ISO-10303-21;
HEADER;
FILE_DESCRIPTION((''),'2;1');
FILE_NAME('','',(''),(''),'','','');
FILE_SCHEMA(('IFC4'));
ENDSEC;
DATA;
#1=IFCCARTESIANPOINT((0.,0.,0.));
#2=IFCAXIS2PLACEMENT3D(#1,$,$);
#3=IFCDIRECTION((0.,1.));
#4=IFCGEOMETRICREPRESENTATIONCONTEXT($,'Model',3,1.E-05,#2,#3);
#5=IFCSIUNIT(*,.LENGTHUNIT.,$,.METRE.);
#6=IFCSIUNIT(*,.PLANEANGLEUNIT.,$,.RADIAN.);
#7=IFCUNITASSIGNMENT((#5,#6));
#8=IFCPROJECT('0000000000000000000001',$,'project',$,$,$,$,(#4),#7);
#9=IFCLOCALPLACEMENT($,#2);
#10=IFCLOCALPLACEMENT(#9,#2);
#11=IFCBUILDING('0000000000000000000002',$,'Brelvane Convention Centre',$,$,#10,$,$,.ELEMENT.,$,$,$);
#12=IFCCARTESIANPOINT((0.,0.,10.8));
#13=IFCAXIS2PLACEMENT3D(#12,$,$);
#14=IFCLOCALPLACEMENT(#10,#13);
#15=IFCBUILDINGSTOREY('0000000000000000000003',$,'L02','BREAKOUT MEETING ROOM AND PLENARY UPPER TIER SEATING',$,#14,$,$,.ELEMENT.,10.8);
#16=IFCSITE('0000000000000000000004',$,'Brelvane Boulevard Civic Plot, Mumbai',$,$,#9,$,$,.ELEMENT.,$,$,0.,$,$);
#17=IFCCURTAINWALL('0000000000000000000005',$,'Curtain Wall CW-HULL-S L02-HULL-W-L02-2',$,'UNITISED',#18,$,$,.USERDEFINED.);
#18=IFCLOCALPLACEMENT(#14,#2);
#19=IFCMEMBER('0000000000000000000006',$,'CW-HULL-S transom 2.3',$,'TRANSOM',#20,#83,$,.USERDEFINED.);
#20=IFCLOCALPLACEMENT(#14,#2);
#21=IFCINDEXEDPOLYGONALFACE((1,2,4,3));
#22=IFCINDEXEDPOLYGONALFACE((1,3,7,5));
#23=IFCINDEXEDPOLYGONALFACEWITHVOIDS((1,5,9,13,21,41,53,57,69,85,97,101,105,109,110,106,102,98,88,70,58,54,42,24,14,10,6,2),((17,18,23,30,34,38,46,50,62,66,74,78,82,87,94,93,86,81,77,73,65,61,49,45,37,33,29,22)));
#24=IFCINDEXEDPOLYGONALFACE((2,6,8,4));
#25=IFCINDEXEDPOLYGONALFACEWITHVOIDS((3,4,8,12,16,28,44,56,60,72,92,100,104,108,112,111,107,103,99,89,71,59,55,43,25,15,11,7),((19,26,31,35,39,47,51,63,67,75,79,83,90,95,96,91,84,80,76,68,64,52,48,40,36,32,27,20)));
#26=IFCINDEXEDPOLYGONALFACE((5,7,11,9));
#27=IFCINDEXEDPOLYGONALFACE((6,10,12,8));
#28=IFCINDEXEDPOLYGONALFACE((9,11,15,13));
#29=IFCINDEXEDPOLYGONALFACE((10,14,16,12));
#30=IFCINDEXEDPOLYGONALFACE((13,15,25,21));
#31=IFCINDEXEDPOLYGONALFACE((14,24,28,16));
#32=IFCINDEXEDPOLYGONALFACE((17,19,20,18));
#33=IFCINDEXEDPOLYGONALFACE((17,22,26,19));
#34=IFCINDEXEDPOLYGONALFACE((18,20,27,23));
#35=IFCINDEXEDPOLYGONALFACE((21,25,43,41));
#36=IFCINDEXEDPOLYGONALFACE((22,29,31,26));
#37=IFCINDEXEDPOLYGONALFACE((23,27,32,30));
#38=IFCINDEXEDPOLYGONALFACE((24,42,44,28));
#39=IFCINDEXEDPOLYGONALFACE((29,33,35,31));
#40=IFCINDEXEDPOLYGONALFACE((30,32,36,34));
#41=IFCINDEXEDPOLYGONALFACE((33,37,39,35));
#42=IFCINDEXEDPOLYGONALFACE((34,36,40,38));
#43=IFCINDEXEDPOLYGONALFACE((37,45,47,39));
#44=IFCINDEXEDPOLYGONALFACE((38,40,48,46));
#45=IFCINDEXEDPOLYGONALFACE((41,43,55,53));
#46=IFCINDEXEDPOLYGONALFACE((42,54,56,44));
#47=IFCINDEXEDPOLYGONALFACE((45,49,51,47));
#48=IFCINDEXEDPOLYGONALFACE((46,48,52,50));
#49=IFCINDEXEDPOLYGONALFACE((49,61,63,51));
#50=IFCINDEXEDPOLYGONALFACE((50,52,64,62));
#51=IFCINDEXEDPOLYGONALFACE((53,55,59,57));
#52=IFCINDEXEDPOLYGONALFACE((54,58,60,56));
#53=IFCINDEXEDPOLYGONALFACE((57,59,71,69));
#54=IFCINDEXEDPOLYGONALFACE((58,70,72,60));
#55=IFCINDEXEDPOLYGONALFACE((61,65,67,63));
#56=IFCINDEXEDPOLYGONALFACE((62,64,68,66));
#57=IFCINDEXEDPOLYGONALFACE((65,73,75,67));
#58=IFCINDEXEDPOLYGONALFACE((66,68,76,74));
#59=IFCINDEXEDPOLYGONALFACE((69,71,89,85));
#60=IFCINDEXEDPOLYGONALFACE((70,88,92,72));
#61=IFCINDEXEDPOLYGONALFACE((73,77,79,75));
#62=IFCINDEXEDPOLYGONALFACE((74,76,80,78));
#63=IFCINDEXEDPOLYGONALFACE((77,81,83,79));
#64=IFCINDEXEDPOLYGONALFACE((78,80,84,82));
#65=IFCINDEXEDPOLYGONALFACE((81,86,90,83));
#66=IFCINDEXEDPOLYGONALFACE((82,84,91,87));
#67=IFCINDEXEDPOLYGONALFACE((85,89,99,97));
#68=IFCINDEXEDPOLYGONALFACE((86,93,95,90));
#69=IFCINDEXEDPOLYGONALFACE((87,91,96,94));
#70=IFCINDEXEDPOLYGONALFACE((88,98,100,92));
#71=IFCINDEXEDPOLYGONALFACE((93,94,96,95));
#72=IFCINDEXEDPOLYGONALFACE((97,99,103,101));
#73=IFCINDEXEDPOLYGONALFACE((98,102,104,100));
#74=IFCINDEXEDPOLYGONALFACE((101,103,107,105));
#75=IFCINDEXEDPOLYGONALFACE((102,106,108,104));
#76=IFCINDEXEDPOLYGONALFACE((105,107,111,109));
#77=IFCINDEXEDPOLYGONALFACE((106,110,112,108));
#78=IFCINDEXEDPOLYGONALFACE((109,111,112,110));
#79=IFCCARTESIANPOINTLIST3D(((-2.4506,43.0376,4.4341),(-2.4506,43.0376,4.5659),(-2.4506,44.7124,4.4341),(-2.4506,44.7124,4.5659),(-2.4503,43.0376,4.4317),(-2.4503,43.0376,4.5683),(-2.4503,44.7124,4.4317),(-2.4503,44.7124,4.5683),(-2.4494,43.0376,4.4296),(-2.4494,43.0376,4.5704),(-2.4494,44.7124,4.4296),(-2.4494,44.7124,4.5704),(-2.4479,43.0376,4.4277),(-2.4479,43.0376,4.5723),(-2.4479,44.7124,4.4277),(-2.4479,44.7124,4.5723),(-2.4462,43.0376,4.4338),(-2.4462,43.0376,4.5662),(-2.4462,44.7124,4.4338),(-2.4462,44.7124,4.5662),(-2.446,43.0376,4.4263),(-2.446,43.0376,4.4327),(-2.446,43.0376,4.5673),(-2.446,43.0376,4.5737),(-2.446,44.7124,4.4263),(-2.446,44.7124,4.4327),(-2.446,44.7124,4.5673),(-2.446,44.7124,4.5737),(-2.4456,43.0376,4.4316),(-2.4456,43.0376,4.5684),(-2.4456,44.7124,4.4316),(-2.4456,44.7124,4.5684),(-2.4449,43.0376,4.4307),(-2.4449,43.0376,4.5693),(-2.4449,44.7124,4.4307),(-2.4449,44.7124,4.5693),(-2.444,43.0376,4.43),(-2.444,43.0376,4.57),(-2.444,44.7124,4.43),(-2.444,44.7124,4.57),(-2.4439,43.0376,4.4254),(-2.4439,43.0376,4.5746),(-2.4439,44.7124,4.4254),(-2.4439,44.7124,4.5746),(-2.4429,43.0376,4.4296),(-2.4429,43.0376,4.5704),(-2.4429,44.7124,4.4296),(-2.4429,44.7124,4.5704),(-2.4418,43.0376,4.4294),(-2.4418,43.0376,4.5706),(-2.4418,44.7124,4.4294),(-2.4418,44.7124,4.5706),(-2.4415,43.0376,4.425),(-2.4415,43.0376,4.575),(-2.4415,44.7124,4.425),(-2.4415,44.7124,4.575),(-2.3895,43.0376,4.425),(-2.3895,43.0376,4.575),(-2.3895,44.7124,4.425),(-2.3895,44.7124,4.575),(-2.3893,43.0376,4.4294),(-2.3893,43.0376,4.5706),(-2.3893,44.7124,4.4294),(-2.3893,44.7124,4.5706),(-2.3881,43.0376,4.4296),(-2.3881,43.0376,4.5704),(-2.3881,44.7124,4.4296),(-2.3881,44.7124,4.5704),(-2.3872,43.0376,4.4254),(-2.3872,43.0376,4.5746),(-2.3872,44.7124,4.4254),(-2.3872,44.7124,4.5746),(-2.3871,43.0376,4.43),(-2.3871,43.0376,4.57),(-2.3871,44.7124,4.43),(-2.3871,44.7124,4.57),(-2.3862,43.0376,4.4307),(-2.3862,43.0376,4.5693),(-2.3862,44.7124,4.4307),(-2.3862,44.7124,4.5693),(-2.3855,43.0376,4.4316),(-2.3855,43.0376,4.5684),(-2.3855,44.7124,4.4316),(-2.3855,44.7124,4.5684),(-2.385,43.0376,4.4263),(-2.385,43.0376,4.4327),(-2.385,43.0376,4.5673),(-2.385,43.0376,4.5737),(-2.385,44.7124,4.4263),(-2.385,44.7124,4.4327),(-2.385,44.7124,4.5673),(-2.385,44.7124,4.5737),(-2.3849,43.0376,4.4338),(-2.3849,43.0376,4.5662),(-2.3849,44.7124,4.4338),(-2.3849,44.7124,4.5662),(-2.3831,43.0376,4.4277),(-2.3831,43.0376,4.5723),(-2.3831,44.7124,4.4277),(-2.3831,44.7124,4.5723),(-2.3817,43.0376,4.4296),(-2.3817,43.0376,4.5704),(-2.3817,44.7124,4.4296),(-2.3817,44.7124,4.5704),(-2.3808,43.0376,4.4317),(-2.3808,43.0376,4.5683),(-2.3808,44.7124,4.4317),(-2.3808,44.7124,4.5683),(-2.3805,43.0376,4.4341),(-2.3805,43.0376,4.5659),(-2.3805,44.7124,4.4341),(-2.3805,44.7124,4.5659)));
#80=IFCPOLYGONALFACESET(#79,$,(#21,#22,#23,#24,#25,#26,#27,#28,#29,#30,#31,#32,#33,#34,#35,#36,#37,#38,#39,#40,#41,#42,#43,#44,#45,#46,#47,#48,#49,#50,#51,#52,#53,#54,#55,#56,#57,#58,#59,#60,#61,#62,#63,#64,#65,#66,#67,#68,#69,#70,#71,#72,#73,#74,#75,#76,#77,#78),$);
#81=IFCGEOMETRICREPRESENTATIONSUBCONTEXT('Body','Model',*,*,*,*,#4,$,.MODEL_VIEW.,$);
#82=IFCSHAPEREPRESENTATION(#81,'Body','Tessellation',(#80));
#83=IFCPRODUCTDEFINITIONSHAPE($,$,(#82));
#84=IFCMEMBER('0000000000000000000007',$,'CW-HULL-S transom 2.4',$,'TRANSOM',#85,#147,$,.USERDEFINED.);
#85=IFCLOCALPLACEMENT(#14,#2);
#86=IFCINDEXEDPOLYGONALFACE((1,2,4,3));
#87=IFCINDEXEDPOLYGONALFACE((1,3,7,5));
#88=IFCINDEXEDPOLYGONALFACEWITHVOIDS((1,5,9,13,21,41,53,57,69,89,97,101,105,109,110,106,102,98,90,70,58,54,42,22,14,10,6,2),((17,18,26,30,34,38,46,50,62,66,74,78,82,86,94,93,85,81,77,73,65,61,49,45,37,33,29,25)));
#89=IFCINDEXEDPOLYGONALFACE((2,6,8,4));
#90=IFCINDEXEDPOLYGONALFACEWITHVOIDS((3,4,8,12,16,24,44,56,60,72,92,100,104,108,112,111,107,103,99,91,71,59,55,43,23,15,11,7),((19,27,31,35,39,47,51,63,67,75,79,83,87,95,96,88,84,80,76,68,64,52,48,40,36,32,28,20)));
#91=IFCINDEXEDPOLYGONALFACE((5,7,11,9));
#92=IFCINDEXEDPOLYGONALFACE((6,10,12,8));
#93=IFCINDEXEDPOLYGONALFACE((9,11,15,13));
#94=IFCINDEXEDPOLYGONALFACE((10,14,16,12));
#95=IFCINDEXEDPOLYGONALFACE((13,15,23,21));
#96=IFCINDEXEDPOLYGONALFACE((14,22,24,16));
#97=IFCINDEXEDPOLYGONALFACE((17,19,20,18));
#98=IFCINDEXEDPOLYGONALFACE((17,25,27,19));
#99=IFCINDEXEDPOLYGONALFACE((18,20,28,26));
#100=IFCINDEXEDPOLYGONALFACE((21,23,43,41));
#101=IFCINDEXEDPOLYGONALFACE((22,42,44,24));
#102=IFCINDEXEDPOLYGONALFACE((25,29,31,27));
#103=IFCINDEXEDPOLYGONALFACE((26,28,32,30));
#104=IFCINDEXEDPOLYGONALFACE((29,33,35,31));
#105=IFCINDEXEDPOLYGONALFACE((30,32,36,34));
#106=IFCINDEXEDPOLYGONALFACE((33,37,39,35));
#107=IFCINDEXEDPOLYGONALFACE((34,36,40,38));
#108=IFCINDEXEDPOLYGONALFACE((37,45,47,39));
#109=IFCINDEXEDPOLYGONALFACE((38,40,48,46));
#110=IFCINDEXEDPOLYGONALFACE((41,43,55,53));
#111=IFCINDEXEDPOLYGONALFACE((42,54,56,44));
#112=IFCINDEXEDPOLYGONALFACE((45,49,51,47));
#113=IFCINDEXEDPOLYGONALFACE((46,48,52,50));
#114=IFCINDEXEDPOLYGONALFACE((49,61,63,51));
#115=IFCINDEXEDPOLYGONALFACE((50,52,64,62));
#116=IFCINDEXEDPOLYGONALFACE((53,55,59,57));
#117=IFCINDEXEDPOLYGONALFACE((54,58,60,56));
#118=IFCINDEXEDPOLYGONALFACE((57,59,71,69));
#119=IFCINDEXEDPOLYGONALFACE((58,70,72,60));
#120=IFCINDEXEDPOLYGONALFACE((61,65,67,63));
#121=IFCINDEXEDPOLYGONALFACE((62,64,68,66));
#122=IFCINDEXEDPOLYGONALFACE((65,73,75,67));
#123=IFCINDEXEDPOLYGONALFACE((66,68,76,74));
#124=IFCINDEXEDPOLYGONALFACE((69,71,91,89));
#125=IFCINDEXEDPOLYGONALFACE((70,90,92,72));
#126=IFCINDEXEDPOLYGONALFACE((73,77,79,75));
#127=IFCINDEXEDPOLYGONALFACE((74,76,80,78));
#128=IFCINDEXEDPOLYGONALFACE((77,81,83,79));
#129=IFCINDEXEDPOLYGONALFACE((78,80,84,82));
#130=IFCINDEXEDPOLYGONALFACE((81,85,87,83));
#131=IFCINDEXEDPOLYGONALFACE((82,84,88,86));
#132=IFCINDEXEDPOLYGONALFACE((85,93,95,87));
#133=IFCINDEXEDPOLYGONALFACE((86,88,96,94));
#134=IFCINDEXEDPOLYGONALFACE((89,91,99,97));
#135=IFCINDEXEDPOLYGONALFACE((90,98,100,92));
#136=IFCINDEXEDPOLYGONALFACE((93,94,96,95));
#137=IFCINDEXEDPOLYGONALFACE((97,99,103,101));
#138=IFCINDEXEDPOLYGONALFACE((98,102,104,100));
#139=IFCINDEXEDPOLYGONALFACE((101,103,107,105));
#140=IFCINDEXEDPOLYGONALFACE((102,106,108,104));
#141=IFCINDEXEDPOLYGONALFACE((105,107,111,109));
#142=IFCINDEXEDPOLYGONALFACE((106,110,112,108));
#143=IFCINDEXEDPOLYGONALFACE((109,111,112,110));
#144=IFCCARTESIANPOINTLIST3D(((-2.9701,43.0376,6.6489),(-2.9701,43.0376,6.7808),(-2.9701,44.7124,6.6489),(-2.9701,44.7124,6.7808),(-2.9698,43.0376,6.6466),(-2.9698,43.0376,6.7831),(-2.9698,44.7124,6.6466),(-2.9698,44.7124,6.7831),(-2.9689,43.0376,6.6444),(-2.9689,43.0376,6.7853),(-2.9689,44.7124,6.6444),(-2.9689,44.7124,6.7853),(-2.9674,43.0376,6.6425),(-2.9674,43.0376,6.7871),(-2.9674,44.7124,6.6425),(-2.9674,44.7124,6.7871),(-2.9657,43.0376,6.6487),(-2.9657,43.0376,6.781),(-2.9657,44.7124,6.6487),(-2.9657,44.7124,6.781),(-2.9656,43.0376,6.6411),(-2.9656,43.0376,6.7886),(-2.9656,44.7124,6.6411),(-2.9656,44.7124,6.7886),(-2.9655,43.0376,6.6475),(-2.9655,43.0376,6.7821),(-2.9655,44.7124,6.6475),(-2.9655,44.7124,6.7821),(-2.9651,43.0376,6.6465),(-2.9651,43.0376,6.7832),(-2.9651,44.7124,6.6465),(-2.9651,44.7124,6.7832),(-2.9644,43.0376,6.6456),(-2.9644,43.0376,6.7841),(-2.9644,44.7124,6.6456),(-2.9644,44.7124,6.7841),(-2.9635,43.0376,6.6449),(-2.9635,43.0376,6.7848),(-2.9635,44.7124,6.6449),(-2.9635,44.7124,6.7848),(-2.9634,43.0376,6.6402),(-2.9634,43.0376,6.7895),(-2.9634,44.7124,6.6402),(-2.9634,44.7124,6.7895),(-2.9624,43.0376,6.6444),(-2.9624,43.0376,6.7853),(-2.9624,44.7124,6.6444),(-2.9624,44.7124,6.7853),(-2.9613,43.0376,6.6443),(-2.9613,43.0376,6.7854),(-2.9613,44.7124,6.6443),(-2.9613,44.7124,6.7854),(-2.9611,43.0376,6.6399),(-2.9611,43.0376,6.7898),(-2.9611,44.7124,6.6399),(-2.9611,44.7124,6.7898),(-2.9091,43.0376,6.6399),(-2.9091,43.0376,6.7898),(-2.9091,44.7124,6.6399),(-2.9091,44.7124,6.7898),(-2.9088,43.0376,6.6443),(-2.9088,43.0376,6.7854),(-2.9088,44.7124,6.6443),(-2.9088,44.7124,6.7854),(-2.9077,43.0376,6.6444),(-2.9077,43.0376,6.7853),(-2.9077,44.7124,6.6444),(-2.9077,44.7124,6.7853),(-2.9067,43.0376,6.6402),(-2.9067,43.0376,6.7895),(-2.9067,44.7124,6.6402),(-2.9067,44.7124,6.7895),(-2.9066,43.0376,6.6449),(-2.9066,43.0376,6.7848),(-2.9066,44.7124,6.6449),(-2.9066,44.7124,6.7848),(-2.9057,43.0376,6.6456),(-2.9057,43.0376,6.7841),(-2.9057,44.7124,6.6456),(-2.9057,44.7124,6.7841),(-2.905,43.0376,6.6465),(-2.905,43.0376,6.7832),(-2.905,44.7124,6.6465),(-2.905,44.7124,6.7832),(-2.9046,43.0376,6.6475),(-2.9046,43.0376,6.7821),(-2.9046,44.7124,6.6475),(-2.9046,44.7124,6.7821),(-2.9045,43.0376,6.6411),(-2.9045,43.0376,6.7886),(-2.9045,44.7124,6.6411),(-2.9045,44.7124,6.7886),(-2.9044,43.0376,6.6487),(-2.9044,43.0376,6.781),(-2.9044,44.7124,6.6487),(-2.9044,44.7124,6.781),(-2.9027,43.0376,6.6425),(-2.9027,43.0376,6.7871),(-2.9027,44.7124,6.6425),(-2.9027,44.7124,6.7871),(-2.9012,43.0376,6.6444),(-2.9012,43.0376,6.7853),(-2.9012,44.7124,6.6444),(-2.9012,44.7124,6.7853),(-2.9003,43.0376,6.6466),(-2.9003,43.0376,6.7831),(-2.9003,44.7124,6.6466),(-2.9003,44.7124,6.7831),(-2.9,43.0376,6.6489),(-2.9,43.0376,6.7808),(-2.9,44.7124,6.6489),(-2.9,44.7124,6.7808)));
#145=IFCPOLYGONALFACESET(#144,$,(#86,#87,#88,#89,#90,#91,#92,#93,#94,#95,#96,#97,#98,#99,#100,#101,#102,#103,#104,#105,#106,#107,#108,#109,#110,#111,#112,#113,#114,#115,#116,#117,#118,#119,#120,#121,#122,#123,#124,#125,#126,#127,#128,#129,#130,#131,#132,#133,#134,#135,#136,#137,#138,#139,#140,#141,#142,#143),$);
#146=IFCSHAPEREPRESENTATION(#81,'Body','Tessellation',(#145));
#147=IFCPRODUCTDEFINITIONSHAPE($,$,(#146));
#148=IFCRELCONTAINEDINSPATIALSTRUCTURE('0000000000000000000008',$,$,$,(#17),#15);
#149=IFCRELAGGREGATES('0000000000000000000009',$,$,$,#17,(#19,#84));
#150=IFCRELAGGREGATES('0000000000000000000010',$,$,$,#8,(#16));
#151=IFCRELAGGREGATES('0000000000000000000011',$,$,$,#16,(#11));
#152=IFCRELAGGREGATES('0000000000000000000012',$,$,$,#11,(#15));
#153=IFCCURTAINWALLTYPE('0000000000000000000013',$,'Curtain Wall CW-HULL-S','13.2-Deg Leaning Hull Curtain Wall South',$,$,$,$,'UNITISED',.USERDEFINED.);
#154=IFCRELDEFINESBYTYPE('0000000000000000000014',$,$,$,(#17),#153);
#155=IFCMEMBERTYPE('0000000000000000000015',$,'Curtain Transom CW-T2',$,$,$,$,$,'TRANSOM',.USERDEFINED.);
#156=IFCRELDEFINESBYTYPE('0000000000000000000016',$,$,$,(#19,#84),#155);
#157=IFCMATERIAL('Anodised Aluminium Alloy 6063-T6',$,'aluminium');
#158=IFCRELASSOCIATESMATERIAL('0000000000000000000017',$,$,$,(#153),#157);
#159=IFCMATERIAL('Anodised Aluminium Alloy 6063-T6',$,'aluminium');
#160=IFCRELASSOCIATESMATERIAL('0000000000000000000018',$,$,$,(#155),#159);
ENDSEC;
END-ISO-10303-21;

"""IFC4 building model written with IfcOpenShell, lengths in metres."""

from ifc_helpers import new_model, si_unit, direction, frame, origin, origin_2d, place, context, subcontext, project, spatial, hollow_rectangle, extrude, material, material_profile, profile_set, type_object, element, aggregate, save


model = new_model("IFC4")

# Units and contexts
model_context = context("Model", 3, precision=1e-05, world=origin(), true_north=direction((0.0, 1.0)))
body_context = subcontext(model_context, "Body", "Model", "MODEL_VIEW")
ifc_project = project(units=[si_unit("LENGTHUNIT", "METRE"), si_unit("PLANEANGLEUNIT", "RADIAN")], contexts=[model_context])

# Site, building, storey
site_placement = place(None, origin())
site = spatial("IfcSite", under=ifc_project, at=site_placement, Name="Brelvane Boulevard Civic Plot, Mumbai", CompositionType="ELEMENT", RefElevation=0.0)
building_placement = place(site_placement, origin())
building = spatial("IfcBuilding", under=site, at=building_placement, Name="Brelvane Convention Centre", CompositionType="ELEMENT")
storey_placement = place(building_placement, frame((0.0, 0.0, 10.8)))
storey = spatial("IfcBuildingStorey", under=building, at=storey_placement, Name="L02", Description="BREAKOUT MEETING ROOM AND PLENARY UPPER TIER SEATING", CompositionType="ELEMENT", Elevation=10.8)

# Curtain wall, members
ifc_material_1 = material(Name="Anodised Aluminium Alloy 6063-T6", Category="aluminium")
curtain_wall_type = type_object("IfcCurtainWallType", Name="Curtain Wall CW-HULL-S", Description="13.2-Deg Leaning Hull Curtain Wall South", ElementType="UNITISED", PredefinedType="USERDEFINED", material=ifc_material_1)
curtain_wall_placement = place(storey_placement, origin())
curtain_wall = element("IfcCurtainWall", 1, at=curtain_wall_placement, inside=storey, type_object=curtain_wall_type, Name="Curtain Wall CW-HULL-S L02-HULL-W-L02-2", ObjectType="UNITISED", PredefinedType="USERDEFINED")
ifc_material_2 = material(Name="Anodised Aluminium Alloy 6063-T6", Category="aluminium")
ifc_material_profile_1 = material_profile(ifc_material_2, hollow_rectangle(XDim=0.0701, YDim=0.1499, WallThickness=0.0044, InnerFilletRadius=0.0044, OuterFilletRadius=0.009, at=origin_2d()), Name="ALU-T 150x70x4.5")
ifc_profile_set_1 = profile_set([ifc_material_profile_1], Name="Anodised Aluminium Alloy 6063-T6")
member_type_1 = type_object("IfcMemberType", Name="Curtain Transom CW-T2", ElementType="TRANSOM", PredefinedType="USERDEFINED", material=ifc_profile_set_1)
member_1_placement = place(storey_placement, frame((-2.4155, 43.0376, 4.5), z_axis=(0.0, 1.0, 0.0), x_axis=(-1.0, 0.0, 0.0)))
member_1 = element("IfcMember", 2, at=member_1_placement, type_object=member_type_1, Name="CW-HULL-S transom 2.3", ObjectType="TRANSOM", PredefinedType="USERDEFINED", context=body_context, shape_type="SweptSolid", body=[
    extrude(hollow_rectangle(XDim=0.0701, YDim=0.1499, WallThickness=0.0044, InnerFilletRadius=0.0044, OuterFilletRadius=0.009, at=origin_2d()), origin(), (0.0, 0.0, 1.0), 1.6748),
])
member_2_placement = place(storey_placement, frame((-2.9351, 43.0376, 6.7148), z_axis=(0.0, 1.0, 0.0), x_axis=(-1.0, 0.0, 0.0)))
member_2 = element("IfcMember", 3, at=member_2_placement, type_object=member_type_1, Name="CW-HULL-S transom 2.4", ObjectType="TRANSOM", PredefinedType="USERDEFINED", context=body_context, shape_type="SweptSolid", body=[
    extrude(hollow_rectangle(XDim=0.0701, YDim=0.1499, WallThickness=0.0044, InnerFilletRadius=0.0044, OuterFilletRadius=0.009, at=origin_2d()), origin(), (0.0, 0.0, 1.0), 1.6748),
])
aggregate(curtain_wall, [member_1, member_2])

save(model, "model.ifc")
